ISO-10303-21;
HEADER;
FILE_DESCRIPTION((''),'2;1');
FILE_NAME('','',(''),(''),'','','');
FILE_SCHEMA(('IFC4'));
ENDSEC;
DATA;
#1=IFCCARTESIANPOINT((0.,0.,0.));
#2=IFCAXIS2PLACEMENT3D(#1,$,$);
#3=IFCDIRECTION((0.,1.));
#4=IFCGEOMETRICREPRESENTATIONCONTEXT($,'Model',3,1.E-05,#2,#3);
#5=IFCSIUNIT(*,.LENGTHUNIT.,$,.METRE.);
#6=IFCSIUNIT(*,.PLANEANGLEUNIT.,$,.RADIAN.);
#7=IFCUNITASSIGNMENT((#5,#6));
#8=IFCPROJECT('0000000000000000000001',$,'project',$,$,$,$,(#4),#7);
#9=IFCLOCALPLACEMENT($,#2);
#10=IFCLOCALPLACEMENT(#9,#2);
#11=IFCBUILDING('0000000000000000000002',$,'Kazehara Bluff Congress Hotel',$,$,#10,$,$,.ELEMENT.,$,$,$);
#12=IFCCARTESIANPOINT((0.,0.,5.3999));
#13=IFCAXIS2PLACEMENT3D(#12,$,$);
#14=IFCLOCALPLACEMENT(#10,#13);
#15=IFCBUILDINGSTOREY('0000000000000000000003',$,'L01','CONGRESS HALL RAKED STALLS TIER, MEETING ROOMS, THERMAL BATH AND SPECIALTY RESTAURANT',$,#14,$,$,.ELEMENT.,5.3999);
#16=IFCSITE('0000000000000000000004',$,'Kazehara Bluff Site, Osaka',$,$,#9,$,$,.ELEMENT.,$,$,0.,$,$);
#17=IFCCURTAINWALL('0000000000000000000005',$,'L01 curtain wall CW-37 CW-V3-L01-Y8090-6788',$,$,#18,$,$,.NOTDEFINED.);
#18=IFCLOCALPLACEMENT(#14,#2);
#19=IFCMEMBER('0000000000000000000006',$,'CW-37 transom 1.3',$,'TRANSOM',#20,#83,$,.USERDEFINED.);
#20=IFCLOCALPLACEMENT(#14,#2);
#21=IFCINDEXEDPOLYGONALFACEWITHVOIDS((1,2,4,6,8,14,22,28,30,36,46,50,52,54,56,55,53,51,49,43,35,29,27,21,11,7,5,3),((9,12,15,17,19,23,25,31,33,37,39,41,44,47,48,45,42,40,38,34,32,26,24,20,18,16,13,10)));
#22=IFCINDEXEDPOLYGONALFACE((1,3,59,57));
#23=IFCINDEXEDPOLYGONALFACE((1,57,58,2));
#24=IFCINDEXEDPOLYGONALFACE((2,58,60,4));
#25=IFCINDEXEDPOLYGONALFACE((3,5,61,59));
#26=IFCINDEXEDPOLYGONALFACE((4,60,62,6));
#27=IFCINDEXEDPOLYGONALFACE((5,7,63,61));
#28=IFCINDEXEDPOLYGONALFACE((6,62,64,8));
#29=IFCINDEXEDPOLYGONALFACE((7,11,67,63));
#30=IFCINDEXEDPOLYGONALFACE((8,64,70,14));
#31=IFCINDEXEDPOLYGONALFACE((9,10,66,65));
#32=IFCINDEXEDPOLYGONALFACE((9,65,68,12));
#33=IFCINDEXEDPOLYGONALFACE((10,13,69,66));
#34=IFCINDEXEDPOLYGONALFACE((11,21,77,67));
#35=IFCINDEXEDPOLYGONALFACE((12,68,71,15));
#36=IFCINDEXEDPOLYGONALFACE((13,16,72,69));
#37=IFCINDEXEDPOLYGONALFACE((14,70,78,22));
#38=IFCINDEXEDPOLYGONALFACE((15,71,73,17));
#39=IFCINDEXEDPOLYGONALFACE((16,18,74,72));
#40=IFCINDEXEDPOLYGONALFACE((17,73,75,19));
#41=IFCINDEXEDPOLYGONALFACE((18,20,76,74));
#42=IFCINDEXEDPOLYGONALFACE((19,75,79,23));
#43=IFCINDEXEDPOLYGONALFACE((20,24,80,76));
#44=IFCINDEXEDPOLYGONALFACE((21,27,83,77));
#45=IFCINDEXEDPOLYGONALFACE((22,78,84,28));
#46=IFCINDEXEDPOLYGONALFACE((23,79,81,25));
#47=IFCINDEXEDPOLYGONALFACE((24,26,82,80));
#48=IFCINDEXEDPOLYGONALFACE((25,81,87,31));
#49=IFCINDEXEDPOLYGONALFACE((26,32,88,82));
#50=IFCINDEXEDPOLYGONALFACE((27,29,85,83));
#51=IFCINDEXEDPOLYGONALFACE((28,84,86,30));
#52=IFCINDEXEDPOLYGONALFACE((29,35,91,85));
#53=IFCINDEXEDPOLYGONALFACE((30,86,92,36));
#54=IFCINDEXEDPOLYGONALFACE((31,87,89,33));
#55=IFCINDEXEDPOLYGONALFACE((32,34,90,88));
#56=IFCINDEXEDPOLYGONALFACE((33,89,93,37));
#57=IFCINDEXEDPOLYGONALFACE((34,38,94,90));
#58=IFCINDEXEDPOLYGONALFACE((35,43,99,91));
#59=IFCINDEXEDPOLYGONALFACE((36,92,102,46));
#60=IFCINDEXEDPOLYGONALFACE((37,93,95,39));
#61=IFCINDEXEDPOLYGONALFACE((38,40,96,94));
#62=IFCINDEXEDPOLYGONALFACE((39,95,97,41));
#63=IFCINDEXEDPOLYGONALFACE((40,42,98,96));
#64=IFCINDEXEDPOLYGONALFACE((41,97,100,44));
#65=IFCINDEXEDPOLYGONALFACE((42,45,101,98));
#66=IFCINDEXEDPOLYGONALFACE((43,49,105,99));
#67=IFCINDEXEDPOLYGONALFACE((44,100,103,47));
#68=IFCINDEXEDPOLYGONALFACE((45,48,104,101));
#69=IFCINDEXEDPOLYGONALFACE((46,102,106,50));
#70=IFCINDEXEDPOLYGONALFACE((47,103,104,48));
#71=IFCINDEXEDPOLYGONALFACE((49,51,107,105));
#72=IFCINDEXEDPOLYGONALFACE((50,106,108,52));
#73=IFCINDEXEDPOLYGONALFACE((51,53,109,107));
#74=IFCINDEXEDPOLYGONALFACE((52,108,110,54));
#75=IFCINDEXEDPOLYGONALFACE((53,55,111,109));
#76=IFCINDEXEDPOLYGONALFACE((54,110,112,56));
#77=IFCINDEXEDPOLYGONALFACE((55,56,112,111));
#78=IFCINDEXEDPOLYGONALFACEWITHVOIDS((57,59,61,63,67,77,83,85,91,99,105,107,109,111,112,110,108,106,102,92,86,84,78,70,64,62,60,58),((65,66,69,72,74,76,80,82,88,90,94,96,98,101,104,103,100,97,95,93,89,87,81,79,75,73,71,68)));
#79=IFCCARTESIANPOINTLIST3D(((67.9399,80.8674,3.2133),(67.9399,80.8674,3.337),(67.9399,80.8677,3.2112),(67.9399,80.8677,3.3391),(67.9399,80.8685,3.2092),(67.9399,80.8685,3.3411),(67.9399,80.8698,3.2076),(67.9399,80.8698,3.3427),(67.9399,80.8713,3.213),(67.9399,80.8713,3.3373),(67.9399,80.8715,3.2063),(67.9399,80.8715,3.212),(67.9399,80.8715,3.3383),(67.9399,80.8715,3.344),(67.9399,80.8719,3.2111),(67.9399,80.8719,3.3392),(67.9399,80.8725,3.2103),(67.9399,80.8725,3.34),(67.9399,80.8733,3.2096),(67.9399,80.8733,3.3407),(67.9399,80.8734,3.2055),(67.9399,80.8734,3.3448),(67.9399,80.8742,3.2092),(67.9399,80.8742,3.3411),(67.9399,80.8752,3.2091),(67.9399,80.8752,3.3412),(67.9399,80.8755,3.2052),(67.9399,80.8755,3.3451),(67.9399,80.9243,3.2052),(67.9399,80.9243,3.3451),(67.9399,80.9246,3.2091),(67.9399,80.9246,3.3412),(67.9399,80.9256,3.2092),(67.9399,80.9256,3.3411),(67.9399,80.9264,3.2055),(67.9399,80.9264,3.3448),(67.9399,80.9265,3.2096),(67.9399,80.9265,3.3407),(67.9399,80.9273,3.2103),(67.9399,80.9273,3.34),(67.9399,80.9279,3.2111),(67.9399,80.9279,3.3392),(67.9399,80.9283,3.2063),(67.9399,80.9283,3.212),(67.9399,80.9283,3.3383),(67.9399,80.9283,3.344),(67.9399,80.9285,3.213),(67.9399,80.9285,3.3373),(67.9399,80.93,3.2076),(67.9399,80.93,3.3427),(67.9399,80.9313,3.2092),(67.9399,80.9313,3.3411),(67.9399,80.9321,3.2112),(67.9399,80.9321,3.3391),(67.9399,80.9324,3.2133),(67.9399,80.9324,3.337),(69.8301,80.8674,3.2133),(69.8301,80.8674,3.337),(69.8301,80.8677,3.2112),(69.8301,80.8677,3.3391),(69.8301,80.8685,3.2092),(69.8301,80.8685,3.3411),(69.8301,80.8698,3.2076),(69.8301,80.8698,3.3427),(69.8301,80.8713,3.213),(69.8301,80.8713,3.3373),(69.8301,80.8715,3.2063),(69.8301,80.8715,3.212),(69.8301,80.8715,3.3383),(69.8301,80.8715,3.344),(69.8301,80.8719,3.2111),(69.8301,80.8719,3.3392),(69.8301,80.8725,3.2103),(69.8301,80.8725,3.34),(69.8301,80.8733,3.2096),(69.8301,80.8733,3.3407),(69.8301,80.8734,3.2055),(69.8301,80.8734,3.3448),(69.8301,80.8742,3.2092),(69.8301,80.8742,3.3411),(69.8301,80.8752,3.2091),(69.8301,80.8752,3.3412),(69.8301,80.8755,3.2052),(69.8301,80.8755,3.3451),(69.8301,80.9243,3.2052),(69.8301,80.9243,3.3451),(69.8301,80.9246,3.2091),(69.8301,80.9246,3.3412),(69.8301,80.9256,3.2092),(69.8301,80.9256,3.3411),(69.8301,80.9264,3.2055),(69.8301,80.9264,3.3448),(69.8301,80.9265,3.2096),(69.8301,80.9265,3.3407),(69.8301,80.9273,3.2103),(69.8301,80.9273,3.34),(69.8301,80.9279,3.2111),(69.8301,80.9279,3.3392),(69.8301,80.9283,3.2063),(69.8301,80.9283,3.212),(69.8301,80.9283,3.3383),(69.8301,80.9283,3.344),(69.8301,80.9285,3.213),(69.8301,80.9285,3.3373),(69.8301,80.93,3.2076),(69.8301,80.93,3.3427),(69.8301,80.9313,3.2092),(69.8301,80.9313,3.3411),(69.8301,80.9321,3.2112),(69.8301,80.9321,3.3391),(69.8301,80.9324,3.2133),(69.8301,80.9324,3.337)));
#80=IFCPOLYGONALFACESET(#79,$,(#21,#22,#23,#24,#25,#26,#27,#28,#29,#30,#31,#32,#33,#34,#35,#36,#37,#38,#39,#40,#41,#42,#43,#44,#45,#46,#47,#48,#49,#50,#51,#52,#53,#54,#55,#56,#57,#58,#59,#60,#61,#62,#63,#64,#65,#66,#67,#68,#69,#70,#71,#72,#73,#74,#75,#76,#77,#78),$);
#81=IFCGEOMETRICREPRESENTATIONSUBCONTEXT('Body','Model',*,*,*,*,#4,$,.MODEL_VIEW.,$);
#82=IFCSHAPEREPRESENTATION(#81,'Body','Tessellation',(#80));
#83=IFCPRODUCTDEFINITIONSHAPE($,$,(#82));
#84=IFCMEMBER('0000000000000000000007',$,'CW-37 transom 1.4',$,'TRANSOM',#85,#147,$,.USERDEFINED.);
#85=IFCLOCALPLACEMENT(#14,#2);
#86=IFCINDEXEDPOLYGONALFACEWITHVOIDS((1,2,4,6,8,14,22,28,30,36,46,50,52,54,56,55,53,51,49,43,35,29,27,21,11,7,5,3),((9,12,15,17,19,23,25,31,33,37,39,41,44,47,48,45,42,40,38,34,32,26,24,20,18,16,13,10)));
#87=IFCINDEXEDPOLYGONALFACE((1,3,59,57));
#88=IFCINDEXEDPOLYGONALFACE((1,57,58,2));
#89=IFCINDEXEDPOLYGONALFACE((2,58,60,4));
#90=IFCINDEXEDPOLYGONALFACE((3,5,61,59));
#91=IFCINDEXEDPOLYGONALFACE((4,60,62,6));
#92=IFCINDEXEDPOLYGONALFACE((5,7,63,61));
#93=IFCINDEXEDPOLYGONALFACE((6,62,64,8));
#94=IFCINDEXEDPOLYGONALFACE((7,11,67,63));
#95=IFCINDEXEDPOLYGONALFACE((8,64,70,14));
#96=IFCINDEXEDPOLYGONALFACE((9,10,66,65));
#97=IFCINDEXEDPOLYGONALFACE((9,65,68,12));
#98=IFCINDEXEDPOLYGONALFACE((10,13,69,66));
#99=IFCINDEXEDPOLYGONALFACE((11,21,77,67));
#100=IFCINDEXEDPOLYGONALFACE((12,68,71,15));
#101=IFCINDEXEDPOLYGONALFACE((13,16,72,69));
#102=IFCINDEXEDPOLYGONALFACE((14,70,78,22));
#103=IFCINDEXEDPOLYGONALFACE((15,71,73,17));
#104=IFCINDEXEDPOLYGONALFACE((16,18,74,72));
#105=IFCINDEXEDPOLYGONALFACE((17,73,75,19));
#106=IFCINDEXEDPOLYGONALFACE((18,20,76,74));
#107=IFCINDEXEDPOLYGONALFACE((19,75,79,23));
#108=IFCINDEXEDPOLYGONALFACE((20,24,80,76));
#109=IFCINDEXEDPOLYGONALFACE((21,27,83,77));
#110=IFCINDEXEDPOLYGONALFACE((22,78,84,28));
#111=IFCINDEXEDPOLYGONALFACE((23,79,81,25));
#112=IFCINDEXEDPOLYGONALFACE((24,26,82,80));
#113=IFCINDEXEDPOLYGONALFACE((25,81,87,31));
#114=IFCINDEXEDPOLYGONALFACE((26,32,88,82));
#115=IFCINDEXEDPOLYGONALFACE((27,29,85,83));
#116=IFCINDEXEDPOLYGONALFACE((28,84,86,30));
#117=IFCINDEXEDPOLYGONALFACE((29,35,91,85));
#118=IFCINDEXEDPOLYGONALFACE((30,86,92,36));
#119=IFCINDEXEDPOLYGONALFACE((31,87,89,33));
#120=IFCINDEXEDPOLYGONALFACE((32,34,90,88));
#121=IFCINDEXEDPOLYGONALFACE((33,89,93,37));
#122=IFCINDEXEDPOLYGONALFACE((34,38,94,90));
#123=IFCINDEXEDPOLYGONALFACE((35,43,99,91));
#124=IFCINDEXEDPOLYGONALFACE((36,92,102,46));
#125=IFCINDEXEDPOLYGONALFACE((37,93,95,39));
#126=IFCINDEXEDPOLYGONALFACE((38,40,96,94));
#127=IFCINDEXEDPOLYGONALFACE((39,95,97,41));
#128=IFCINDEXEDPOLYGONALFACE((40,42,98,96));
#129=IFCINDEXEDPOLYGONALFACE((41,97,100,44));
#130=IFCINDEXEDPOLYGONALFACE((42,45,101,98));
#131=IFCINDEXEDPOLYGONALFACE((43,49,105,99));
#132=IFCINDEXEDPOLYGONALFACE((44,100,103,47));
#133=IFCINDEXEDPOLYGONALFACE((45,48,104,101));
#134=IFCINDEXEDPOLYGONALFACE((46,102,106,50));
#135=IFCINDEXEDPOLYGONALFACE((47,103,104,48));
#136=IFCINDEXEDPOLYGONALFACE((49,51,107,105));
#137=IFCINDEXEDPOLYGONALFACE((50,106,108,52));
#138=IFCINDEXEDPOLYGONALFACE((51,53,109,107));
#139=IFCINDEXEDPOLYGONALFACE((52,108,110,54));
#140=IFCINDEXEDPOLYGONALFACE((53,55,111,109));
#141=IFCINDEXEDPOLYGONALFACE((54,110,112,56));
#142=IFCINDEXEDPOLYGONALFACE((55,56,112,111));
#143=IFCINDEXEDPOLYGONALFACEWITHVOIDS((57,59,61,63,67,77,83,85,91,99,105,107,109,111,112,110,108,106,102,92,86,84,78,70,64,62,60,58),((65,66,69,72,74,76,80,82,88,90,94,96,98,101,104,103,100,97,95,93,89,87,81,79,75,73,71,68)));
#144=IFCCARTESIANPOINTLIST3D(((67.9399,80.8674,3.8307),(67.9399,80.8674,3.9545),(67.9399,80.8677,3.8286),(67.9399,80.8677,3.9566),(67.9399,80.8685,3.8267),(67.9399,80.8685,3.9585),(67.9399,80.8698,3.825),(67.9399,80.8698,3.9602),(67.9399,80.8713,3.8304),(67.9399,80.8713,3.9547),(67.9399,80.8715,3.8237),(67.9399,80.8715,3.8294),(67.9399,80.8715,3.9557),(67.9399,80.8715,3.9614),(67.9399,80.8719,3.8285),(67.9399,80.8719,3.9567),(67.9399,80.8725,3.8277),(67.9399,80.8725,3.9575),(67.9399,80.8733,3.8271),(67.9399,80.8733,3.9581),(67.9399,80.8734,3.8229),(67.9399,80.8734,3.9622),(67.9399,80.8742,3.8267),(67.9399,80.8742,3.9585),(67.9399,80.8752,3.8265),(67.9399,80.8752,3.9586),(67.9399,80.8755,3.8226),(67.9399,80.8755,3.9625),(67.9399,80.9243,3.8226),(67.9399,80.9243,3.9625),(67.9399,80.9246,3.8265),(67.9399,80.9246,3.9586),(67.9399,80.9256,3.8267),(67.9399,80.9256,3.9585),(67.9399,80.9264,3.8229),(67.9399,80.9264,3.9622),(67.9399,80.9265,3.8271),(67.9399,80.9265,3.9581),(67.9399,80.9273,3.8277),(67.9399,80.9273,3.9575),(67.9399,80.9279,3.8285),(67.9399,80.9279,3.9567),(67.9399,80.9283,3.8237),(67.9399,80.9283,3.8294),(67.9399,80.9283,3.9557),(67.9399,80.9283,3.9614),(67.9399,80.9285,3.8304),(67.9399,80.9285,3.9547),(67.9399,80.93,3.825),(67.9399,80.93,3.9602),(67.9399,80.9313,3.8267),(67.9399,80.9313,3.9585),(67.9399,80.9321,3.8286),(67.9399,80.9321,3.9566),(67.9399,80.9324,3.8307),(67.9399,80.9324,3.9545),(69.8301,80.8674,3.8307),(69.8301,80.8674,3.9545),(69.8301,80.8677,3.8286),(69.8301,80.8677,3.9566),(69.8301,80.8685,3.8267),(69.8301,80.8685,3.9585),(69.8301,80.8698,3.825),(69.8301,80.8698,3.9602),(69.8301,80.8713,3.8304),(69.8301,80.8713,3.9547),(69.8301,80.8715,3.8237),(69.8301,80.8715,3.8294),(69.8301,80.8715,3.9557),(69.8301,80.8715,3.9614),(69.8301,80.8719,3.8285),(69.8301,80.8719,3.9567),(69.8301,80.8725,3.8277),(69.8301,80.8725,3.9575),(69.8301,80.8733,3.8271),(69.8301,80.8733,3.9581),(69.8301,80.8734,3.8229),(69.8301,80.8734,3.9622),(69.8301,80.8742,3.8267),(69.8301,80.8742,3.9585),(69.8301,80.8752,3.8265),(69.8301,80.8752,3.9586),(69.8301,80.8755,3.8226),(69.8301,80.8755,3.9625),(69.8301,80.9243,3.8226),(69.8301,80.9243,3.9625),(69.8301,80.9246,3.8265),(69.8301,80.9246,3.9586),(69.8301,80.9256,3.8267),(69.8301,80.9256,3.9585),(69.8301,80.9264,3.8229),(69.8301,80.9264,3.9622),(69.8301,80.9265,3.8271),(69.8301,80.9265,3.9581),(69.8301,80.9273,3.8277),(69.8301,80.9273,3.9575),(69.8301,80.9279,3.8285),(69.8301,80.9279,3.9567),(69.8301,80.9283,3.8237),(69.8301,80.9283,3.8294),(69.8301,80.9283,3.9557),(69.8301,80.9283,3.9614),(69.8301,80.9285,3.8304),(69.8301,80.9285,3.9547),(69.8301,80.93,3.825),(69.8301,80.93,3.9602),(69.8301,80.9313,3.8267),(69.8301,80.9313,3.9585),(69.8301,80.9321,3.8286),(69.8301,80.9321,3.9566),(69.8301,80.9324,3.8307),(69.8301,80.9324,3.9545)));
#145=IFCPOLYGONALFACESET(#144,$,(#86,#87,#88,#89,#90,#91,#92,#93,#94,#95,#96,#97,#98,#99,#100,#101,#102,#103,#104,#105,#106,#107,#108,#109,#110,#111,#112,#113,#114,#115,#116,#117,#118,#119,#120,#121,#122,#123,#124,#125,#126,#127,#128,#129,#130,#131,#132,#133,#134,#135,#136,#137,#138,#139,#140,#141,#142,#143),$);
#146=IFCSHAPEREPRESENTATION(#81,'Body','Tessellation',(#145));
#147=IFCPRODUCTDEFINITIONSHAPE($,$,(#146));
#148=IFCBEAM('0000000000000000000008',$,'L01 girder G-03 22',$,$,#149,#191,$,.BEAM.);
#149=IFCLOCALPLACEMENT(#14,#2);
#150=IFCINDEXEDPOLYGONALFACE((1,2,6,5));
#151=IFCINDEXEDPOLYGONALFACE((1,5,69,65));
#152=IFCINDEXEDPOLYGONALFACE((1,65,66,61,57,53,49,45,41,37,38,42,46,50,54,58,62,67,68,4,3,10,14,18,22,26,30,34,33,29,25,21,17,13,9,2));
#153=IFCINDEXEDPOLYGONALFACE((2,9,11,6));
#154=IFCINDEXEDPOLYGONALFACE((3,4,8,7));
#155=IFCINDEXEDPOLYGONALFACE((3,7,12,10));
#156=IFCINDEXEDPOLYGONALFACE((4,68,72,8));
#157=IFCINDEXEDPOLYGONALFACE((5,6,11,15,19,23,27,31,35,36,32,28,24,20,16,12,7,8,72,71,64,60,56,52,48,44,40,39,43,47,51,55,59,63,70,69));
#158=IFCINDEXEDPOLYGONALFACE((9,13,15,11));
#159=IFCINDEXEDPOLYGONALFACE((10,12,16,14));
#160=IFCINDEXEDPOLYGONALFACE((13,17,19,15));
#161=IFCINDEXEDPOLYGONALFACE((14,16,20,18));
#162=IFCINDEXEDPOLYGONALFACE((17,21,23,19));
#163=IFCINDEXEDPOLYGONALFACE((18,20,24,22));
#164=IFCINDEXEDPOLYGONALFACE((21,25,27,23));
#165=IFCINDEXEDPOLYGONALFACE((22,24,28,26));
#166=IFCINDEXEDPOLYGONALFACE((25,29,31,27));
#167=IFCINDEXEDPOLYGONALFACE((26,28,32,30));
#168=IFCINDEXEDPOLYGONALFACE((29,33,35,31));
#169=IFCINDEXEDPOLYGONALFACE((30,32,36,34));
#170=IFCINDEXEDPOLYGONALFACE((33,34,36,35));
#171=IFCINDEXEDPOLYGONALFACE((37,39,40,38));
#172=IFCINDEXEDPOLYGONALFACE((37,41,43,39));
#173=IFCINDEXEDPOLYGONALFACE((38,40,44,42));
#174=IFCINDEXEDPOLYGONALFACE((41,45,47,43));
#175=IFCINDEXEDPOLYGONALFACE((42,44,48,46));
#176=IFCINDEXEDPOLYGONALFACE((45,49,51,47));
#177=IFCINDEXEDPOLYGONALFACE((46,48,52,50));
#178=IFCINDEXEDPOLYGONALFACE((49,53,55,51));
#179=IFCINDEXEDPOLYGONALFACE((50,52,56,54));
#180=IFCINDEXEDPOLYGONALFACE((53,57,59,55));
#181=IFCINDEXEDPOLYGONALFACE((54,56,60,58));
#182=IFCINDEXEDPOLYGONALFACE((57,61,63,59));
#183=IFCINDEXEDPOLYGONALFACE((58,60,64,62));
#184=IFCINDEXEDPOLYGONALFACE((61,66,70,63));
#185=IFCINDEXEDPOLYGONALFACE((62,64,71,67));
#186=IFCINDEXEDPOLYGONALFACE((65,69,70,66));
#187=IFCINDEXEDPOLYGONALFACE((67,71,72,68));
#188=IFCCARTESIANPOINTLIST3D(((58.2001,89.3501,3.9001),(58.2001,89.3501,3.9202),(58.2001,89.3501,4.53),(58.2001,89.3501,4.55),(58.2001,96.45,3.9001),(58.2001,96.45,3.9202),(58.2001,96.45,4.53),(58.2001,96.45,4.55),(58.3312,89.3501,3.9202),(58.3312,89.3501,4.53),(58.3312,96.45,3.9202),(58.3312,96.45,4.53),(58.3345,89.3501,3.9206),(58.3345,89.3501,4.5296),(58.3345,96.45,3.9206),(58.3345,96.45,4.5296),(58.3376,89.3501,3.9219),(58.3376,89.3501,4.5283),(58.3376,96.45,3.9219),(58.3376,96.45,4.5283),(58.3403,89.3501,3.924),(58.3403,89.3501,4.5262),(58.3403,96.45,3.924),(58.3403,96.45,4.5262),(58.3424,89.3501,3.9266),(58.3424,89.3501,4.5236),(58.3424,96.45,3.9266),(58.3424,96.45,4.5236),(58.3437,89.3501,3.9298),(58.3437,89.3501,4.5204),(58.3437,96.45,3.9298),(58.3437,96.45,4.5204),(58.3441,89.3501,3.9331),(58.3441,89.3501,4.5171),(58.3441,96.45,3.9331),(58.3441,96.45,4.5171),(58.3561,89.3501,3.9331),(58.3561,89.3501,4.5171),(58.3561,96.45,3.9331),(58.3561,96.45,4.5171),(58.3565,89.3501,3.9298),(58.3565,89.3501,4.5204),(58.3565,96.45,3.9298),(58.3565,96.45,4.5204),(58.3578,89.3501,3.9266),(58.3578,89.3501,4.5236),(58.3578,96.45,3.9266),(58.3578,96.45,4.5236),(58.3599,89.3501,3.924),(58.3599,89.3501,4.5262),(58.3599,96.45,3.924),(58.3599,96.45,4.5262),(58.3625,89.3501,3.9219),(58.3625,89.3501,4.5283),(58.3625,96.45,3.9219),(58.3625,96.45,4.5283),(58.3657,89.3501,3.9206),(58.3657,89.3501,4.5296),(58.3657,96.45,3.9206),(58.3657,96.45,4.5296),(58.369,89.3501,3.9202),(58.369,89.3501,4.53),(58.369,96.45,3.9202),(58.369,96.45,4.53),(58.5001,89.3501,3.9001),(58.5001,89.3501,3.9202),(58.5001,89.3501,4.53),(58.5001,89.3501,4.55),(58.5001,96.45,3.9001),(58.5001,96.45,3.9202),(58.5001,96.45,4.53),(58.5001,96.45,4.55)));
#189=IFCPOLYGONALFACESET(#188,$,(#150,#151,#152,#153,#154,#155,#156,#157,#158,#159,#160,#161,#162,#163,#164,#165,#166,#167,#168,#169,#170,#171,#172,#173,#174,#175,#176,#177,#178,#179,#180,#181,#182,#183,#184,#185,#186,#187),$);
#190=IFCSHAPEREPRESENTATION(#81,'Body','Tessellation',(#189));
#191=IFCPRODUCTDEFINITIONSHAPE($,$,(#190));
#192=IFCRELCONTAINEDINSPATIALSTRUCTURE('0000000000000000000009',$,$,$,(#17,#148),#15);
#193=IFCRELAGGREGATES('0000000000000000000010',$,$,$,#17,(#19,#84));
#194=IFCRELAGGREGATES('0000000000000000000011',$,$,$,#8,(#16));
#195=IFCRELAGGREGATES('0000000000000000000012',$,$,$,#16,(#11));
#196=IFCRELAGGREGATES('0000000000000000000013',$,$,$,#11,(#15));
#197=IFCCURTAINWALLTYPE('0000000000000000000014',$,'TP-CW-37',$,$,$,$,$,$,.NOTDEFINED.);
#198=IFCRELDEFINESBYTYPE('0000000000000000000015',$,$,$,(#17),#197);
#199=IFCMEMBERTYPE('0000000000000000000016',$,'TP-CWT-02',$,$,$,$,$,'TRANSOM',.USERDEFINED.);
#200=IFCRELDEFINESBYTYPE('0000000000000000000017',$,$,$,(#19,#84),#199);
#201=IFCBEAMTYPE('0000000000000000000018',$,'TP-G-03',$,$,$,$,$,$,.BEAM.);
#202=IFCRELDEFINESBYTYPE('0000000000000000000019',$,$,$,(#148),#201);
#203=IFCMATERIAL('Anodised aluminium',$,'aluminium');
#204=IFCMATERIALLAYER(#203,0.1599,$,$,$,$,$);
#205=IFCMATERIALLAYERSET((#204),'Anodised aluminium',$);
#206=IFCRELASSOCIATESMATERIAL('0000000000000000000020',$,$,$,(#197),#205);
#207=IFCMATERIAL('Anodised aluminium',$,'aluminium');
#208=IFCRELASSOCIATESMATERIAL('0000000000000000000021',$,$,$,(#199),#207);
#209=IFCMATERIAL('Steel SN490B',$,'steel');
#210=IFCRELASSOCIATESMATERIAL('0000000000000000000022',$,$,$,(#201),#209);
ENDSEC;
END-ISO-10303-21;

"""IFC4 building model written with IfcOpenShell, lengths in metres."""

from ifc_helpers import new_model, si_unit, direction, frame, origin, origin_2d, place, context, subcontext, project, spatial, hollow_rectangle, i_section, extrude, material, layer, layer_set, material_profile, profile_set, type_object, element, aggregate, save


model = new_model("IFC4")

# Units and contexts
model_context = context("Model", 3, precision=1e-05, world=origin(), true_north=direction((0.0, 1.0)))
body_context = subcontext(model_context, "Body", "Model", "MODEL_VIEW")
ifc_project = project(units=[si_unit("LENGTHUNIT", "METRE"), si_unit("PLANEANGLEUNIT", "RADIAN")], contexts=[model_context])

# Site, building, storey
site_placement = place(None, origin())
site = spatial("IfcSite", under=ifc_project, at=site_placement, Name="Kazehara Bluff Site, Osaka", CompositionType="ELEMENT", RefElevation=0.0)
building_placement = place(site_placement, origin())
building = spatial("IfcBuilding", under=site, at=building_placement, Name="Kazehara Bluff Congress Hotel", CompositionType="ELEMENT")
storey_placement = place(building_placement, frame((0.0, 0.0, 5.3999)))
storey = spatial("IfcBuildingStorey", under=building, at=storey_placement, Name="L01", Description="CONGRESS HALL RAKED STALLS TIER, MEETING ROOMS, THERMAL BATH AND SPECIALTY RESTAURANT", CompositionType="ELEMENT", Elevation=5.3999)

# Curtain wall, members
ifc_material_1 = material(Name="Anodised aluminium", Category="aluminium")
ifc_layer_1 = layer(ifc_material_1, 0.1599)
ifc_layer_set_1 = layer_set([ifc_layer_1], Name="Anodised aluminium")
curtain_wall_type_1 = type_object("IfcCurtainWallType", Name="TP-CW-37", PredefinedType="NOTDEFINED", material=ifc_layer_set_1)
curtain_wall_1_placement = place(storey_placement, origin())
curtain_wall_1 = element("IfcCurtainWall", 1, at=curtain_wall_1_placement, inside=storey, type_object=curtain_wall_type_1, Name="L01 curtain wall CW-37 CW-V3-L01-Y8090-6788", PredefinedType="NOTDEFINED")
ifc_material_2 = material(Name="Anodised aluminium", Category="aluminium")
ifc_material_profile_1 = material_profile(ifc_material_2, hollow_rectangle(XDim=0.0649, YDim=0.1399, WallThickness=0.0039, InnerFilletRadius=0.0039, OuterFilletRadius=0.0081, at=origin_2d()))
ifc_profile_set_1 = profile_set([ifc_material_profile_1], Name="Anodised aluminium")
member_type_1 = type_object("IfcMemberType", Name="TP-CWT-02", ElementType="TRANSOM", PredefinedType="USERDEFINED", material=ifc_profile_set_1)
member_1_placement = place(storey_placement, frame((67.9399, 80.8999, 3.2751), z_axis=(1.0, 0.0, 0.0), x_axis=(0.0, 1.0, 0.0)))
member_1 = element("IfcMember", 2, at=member_1_placement, type_object=member_type_1, Name="CW-37 transom 1.3", ObjectType="TRANSOM", PredefinedType="USERDEFINED", context=body_context, shape_type="SweptSolid", body=[
    extrude(hollow_rectangle(XDim=0.0649, YDim=0.1399, WallThickness=0.0039, InnerFilletRadius=0.0039, OuterFilletRadius=0.0081, at=origin_2d()), origin(), (0.0, 0.0, 1.0), 1.8901),
])
member_2_placement = place(storey_placement, frame((67.9399, 80.8999, 3.8926), z_axis=(1.0, 0.0, 0.0), x_axis=(0.0, 1.0, 0.0)))
member_2 = element("IfcMember", 3, at=member_2_placement, type_object=member_type_1, Name="CW-37 transom 1.4", ObjectType="TRANSOM", PredefinedType="USERDEFINED", context=body_context, shape_type="SweptSolid", body=[
    extrude(hollow_rectangle(XDim=0.0649, YDim=0.1399, WallThickness=0.0039, InnerFilletRadius=0.0039, OuterFilletRadius=0.0081, at=origin_2d()), origin(), (0.0, 0.0, 1.0), 1.8901),
])
aggregate(curtain_wall_1, [member_1, member_2])

# Beam
ifc_material_3 = material(Name="Steel SN490B", Category="steel")
ifc_material_profile_2 = material_profile(ifc_material_3, i_section(OverallWidth=0.3, OverallDepth=0.6499, WebThickness=0.012, FlangeThickness=0.02, FilletRadius=0.0129, at=origin_2d()))
ifc_profile_set_2 = profile_set([ifc_material_profile_2], Name="Steel SN490B")
beam_type_1 = type_object("IfcBeamType", Name="TP-G-03", PredefinedType="BEAM", material=ifc_profile_set_2)
beam_1_placement = place(storey_placement, frame((58.3501, 89.3501, 4.2251), z_axis=(0.0, 1.0, 0.0), x_axis=(-1.0, 0.0, 0.0)))
element("IfcBeam", 4, at=beam_1_placement, inside=storey, type_object=beam_type_1, Name="L01 girder G-03 22", PredefinedType="BEAM", context=body_context, shape_type="SweptSolid", body=[
    extrude(i_section(OverallWidth=0.3, OverallDepth=0.6499, WebThickness=0.012, FlangeThickness=0.02, FilletRadius=0.0129, at=origin_2d()), origin(), (0.0, 0.0, 1.0), 7.0999),
])

save(model, "model.ifc")
